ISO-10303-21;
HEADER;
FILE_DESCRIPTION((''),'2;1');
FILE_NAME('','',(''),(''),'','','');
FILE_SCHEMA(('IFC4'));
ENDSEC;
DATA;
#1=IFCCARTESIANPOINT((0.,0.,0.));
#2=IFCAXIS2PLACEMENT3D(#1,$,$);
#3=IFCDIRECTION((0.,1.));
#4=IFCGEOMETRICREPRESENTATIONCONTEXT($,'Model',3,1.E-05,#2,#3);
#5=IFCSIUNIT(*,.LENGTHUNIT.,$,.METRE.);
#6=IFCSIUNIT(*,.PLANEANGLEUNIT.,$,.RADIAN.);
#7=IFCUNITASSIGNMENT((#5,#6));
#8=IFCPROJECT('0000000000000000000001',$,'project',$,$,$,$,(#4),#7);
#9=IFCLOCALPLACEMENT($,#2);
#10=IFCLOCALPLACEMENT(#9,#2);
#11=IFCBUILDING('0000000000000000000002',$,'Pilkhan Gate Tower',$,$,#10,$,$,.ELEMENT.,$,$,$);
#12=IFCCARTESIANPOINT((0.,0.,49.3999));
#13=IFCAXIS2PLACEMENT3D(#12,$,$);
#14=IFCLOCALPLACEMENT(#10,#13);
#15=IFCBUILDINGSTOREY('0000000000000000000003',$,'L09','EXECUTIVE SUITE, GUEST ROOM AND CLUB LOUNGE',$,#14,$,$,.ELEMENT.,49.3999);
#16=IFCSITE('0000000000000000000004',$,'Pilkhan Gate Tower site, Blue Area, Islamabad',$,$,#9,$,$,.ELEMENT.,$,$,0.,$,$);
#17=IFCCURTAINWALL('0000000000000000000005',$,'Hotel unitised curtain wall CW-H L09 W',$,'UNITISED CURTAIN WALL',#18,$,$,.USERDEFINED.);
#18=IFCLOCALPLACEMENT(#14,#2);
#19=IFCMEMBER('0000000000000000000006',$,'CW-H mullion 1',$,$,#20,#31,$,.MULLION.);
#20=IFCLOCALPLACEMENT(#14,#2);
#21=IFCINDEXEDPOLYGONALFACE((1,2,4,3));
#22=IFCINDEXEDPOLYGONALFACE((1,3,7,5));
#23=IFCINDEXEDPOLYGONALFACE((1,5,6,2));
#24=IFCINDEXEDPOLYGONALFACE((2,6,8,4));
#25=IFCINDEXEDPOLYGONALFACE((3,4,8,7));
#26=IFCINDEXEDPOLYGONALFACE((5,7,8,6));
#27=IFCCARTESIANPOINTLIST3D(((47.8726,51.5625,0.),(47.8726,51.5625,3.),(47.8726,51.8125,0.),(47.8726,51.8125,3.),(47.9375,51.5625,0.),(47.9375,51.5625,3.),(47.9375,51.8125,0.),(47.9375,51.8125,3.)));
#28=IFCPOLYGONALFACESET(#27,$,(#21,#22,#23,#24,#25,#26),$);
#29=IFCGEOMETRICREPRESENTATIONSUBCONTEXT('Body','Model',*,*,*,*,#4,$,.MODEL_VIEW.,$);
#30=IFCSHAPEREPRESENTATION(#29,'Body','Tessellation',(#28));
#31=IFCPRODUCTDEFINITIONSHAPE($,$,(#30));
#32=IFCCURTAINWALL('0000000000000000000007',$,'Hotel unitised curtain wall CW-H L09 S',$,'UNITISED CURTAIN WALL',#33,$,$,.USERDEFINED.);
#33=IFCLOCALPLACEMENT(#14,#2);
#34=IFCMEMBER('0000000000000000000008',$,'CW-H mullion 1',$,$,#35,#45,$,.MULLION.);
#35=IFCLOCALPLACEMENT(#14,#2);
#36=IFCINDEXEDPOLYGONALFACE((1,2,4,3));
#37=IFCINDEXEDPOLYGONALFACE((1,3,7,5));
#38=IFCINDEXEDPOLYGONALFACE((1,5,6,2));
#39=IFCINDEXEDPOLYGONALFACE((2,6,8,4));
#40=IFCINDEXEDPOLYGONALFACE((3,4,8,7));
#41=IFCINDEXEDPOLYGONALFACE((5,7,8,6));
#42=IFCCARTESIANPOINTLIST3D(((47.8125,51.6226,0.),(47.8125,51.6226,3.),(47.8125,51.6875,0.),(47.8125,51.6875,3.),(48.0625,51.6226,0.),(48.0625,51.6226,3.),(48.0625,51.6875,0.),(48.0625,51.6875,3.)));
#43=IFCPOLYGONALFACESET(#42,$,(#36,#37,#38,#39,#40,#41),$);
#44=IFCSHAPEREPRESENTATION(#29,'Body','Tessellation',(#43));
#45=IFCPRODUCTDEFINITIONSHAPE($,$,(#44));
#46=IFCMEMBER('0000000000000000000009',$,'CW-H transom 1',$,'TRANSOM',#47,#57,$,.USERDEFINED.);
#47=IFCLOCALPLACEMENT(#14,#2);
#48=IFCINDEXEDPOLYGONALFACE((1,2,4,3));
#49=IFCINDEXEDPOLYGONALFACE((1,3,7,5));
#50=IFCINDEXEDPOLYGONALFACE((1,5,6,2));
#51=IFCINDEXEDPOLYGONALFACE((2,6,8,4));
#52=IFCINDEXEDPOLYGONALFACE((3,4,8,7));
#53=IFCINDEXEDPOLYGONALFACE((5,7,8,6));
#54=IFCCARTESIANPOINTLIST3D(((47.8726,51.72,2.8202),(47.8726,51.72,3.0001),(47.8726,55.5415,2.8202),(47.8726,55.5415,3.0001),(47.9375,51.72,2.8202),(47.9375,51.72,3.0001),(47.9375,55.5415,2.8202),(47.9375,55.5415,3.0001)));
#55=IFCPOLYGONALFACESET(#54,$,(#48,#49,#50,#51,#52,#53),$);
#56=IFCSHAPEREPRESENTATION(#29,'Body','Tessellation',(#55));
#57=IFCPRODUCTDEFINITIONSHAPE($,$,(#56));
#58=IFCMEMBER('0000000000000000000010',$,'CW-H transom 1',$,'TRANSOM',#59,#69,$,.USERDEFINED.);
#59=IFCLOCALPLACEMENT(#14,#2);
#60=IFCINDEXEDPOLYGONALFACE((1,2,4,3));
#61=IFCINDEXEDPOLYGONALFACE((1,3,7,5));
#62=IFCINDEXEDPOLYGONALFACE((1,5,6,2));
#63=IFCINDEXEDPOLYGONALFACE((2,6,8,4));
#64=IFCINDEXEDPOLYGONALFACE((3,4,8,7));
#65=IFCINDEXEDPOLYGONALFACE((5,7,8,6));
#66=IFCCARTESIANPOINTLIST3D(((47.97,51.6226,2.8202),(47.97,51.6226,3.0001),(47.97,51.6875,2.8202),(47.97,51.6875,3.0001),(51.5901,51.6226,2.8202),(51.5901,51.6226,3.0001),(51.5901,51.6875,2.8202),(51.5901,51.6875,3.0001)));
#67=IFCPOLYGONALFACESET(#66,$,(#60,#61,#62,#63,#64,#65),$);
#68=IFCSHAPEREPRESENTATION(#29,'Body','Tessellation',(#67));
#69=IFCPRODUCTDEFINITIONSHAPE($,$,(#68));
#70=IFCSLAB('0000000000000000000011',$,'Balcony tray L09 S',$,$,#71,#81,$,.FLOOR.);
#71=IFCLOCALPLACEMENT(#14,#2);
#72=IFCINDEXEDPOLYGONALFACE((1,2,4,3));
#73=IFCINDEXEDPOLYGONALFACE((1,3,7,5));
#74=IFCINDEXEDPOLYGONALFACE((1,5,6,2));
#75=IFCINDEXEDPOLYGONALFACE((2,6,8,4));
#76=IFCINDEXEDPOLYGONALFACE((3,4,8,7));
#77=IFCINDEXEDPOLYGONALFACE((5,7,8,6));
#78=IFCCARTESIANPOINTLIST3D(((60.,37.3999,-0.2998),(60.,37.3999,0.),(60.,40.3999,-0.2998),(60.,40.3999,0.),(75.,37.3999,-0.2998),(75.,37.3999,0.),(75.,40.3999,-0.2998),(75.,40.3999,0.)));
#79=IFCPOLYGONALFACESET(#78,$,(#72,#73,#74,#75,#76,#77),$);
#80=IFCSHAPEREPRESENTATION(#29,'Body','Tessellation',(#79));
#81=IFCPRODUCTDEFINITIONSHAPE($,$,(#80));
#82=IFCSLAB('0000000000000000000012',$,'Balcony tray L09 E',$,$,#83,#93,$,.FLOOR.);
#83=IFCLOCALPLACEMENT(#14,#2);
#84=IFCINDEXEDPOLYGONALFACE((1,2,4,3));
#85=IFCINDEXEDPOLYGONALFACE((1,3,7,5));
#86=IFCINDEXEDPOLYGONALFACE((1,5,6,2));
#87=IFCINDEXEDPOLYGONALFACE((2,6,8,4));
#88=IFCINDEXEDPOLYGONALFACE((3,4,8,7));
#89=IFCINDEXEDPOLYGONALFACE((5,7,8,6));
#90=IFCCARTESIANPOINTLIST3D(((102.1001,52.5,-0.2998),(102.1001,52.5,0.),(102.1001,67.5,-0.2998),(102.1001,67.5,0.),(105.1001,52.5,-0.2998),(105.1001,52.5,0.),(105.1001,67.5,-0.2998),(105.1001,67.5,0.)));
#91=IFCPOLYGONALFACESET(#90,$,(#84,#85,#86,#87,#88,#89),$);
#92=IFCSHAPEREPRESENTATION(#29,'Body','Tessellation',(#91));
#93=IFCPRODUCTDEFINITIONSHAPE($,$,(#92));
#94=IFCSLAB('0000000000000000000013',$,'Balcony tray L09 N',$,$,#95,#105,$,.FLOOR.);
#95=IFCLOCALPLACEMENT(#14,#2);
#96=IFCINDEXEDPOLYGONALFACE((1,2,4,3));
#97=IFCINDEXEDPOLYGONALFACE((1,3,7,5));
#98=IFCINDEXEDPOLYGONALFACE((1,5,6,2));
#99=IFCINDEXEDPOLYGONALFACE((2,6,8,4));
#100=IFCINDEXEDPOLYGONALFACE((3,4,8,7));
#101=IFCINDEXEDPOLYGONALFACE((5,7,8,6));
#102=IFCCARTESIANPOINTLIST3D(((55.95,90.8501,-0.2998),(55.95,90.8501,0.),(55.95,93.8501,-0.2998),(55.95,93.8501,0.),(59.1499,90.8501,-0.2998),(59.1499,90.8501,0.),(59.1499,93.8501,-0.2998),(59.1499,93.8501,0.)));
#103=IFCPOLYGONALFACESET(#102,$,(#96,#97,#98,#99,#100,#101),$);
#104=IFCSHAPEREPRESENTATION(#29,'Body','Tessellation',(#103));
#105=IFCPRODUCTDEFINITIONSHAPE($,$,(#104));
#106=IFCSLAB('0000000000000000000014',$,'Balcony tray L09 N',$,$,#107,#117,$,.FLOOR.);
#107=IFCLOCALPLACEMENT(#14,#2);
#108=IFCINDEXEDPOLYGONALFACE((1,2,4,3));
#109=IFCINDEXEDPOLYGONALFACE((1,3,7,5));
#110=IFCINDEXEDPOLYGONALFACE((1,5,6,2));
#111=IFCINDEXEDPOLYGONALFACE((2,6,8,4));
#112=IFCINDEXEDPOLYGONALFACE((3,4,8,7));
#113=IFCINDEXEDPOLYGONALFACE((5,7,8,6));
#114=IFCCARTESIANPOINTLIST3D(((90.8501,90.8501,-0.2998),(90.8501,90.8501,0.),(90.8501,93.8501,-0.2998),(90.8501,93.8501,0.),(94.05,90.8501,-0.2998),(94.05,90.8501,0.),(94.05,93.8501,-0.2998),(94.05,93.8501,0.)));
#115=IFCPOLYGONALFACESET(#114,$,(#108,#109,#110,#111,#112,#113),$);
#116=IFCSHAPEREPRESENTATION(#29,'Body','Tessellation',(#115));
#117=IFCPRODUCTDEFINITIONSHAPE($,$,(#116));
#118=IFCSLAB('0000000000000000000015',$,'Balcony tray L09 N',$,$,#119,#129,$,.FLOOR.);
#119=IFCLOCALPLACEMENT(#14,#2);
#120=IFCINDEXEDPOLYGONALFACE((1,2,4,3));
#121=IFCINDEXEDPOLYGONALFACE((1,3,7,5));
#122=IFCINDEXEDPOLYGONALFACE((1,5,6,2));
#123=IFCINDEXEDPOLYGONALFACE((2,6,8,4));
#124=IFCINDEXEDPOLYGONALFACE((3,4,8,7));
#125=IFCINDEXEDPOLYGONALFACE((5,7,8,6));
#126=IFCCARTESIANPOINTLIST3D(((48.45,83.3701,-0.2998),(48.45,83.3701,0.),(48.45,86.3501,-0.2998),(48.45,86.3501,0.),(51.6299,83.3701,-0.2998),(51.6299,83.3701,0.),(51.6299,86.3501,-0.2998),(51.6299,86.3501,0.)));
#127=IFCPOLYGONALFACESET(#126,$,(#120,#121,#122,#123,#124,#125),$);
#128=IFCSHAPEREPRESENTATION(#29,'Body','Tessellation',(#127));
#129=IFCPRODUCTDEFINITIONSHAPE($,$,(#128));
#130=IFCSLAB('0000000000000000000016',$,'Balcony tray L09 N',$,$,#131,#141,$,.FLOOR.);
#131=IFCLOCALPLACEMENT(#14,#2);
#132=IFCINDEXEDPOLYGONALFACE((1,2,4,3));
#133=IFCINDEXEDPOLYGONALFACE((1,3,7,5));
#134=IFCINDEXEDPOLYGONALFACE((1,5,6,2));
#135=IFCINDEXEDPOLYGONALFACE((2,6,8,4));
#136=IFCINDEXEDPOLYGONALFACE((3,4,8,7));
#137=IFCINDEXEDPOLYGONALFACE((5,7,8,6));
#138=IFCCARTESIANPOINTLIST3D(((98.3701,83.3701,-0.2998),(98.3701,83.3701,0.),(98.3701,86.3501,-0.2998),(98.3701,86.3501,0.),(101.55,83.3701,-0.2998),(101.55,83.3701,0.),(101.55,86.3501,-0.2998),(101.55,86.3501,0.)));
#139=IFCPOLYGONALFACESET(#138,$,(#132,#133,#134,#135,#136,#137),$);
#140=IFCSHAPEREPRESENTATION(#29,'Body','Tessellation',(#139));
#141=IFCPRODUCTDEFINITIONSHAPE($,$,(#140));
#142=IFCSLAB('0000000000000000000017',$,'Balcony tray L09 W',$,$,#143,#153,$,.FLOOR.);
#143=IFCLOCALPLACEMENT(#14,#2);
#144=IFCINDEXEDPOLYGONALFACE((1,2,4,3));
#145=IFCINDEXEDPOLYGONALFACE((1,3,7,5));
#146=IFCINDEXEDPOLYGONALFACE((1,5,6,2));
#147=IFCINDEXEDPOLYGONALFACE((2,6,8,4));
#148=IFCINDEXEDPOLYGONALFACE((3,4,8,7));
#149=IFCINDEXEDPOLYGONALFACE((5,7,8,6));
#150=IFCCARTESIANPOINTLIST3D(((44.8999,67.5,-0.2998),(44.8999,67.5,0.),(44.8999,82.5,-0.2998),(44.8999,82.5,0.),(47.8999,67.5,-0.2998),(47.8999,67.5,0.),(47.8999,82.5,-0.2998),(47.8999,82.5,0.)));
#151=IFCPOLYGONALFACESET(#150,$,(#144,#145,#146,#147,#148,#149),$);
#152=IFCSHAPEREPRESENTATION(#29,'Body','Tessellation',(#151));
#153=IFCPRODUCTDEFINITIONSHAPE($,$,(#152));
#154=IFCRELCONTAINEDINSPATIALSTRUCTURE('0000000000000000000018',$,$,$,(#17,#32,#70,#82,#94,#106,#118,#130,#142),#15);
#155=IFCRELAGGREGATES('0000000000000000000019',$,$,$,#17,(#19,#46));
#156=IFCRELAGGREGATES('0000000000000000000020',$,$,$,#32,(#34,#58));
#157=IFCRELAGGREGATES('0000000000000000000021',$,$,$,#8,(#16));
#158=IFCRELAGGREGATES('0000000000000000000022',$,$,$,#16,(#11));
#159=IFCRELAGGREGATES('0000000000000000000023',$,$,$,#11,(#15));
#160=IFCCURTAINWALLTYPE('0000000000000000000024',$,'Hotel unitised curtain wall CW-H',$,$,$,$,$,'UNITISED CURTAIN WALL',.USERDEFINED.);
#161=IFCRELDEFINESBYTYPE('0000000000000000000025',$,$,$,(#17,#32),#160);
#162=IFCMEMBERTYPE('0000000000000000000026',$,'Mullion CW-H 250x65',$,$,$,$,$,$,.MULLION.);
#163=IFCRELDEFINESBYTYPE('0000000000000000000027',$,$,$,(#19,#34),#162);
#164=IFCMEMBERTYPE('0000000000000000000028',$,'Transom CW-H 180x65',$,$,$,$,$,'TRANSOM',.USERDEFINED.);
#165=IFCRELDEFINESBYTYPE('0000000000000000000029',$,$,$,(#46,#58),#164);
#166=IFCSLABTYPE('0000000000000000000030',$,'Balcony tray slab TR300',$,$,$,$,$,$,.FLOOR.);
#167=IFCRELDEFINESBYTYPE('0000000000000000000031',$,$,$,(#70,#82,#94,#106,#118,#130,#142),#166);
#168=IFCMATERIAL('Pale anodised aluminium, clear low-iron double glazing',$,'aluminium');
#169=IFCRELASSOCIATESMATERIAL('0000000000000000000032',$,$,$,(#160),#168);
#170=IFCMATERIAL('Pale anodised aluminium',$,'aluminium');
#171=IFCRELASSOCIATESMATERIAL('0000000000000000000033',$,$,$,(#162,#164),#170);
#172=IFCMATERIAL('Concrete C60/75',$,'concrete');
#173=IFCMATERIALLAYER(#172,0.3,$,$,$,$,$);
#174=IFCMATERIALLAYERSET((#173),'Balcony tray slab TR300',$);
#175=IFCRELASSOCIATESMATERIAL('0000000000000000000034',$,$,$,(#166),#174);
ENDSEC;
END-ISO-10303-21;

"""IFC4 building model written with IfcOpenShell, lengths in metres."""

from ifc_helpers import new_model, si_unit, direction, frame, origin, origin_2d, place, context, subcontext, project, spatial, polyline, rectangle, outline, extrude, material, layer, layer_set, material_profile, profile_set, type_object, element, aggregate, save


model = new_model("IFC4")

# Units and contexts
model_context = context("Model", 3, precision=1e-05, world=origin(), true_north=direction((0.0, 1.0)))
body_context = subcontext(model_context, "Body", "Model", "MODEL_VIEW")
ifc_project = project(units=[si_unit("LENGTHUNIT", "METRE"), si_unit("PLANEANGLEUNIT", "RADIAN")], contexts=[model_context])

# Site, building, storey
site_placement = place(None, origin())
site = spatial("IfcSite", under=ifc_project, at=site_placement, Name="Pilkhan Gate Tower site, Blue Area, Islamabad", CompositionType="ELEMENT", RefElevation=0.0)
building_placement = place(site_placement, origin())
building = spatial("IfcBuilding", under=site, at=building_placement, Name="Pilkhan Gate Tower", CompositionType="ELEMENT")
storey_placement = place(building_placement, frame((0.0, 0.0, 49.3999)))
storey = spatial("IfcBuildingStorey", under=building, at=storey_placement, Name="L09", Description="EXECUTIVE SUITE, GUEST ROOM AND CLUB LOUNGE", CompositionType="ELEMENT", Elevation=49.3999)

# Curtain walls, members
ifc_material_1 = material(Name="Pale anodised aluminium, clear low-iron double glazing", Category="aluminium")
curtain_wall_type = type_object("IfcCurtainWallType", Name="Hotel unitised curtain wall CW-H", ElementType="UNITISED CURTAIN WALL", PredefinedType="USERDEFINED", material=ifc_material_1)
curtain_wall_1_placement = place(storey_placement, origin())
curtain_wall_1 = element("IfcCurtainWall", 1, at=curtain_wall_1_placement, inside=storey, type_object=curtain_wall_type, Name="Hotel unitised curtain wall CW-H L09 W", ObjectType="UNITISED CURTAIN WALL", PredefinedType="USERDEFINED")
ifc_material_2 = material(Name="Pale anodised aluminium", Category="aluminium")
ifc_material_profile_1 = material_profile(ifc_material_2, rectangle(XDim=0.0649, YDim=0.25, at=origin_2d()), Name="Mullion 250x65")
ifc_profile_set_1 = profile_set([ifc_material_profile_1], Name="Pale anodised aluminium")
member_type_1 = type_object("IfcMemberType", Name="Mullion CW-H 250x65", PredefinedType="MULLION", material=ifc_profile_set_1)
member_1_placement = place(storey_placement, frame((47.905, 51.6875, 0.0), z_axis=(0.0, 0.0, 1.0), x_axis=(-1.0, 0.0, 0.0)))
member_1 = element("IfcMember", 2, at=member_1_placement, type_object=member_type_1, Name="CW-H mullion 1", PredefinedType="MULLION", context=body_context, shape_type="SweptSolid", body=[
    extrude(rectangle(XDim=0.0649, YDim=0.25, at=origin_2d()), origin(), (0.0, 0.0, 1.0), 3.0),
])
curtain_wall_2_placement = place(storey_placement, origin())
curtain_wall_2 = element("IfcCurtainWall", 3, at=curtain_wall_2_placement, inside=storey, type_object=curtain_wall_type, Name="Hotel unitised curtain wall CW-H L09 S", ObjectType="UNITISED CURTAIN WALL", PredefinedType="USERDEFINED")
member_2_placement = place(storey_placement, frame((47.9375, 51.655, 0.0), z_axis=(0.0, 0.0, 1.0), x_axis=(0.0, 1.0, 0.0)))
member_2 = element("IfcMember", 4, at=member_2_placement, type_object=member_type_1, Name="CW-H mullion 1", PredefinedType="MULLION", context=body_context, shape_type="SweptSolid", body=[
    extrude(rectangle(XDim=0.0649, YDim=0.25, at=origin_2d()), origin(), (0.0, 0.0, 1.0), 3.0),
])

# Members
ifc_material_profile_2 = material_profile(ifc_material_2, rectangle(XDim=0.0649, YDim=0.1799, at=origin_2d()), Name="Transom 180x65")
ifc_profile_set_2 = profile_set([ifc_material_profile_2], Name="Pale anodised aluminium")
member_type_2 = type_object("IfcMemberType", Name="Transom CW-H 180x65", ElementType="TRANSOM", PredefinedType="USERDEFINED", material=ifc_profile_set_2)
member_3_placement = place(storey_placement, frame((47.905, 51.72, 2.9102), z_axis=(0.0, 1.0, 0.0), x_axis=(-1.0, 0.0, 0.0)))
member_3 = element("IfcMember", 5, at=member_3_placement, type_object=member_type_2, Name="CW-H transom 1", ObjectType="TRANSOM", PredefinedType="USERDEFINED", context=body_context, shape_type="SweptSolid", body=[
    extrude(rectangle(XDim=0.0649, YDim=0.1799, at=origin_2d()), origin(), (0.0, 0.0, 1.0), 3.8215),
])
aggregate(curtain_wall_1, [member_1, member_3])
member_4_placement = place(storey_placement, frame((47.97, 51.655, 2.9102), z_axis=(1.0, 0.0, 0.0), x_axis=(0.0, 1.0, 0.0)))
member_4 = element("IfcMember", 6, at=member_4_placement, type_object=member_type_2, Name="CW-H transom 1", ObjectType="TRANSOM", PredefinedType="USERDEFINED", context=body_context, shape_type="SweptSolid", body=[
    extrude(rectangle(XDim=0.0649, YDim=0.1799, at=origin_2d()), origin(), (0.0, 0.0, 1.0), 3.6201),
])
aggregate(curtain_wall_2, [member_2, member_4])

# Slabs
ifc_material_3 = material(Name="Concrete C60/75", Category="concrete")
ifc_layer_1 = layer(ifc_material_3, 0.3)
ifc_layer_set_1 = layer_set([ifc_layer_1], Name="Balcony tray slab TR300")
slab_type_1 = type_object("IfcSlabType", Name="Balcony tray slab TR300", PredefinedType="FLOOR", material=ifc_layer_set_1)
slab_1_placement = place(storey_placement, frame((0.0, 0.0, -0.2998)))
element("IfcSlab", 7, at=slab_1_placement, inside=storey, type_object=slab_type_1, Name="Balcony tray L09 S", PredefinedType="FLOOR", context=body_context, shape_type="SweptSolid", body=[
    extrude(outline(polyline([(75.0, 37.3999), (75.0, 40.3999), (60.0, 40.3999), (60.0, 37.3999), (75.0, 37.3999)])), origin(), (0.0, 0.0, 1.0), 0.2998),
])
slab_2_placement = place(storey_placement, frame((0.0, 0.0, -0.2998)))
element("IfcSlab", 8, at=slab_2_placement, inside=storey, type_object=slab_type_1, Name="Balcony tray L09 E", PredefinedType="FLOOR", context=body_context, shape_type="SweptSolid", body=[
    extrude(outline(polyline([(105.1001, 52.5), (105.1001, 67.5), (102.1001, 67.5), (102.1001, 52.5), (105.1001, 52.5)])), origin(), (0.0, 0.0, 1.0), 0.2998),
])
slab_3_placement = place(storey_placement, frame((0.0, 0.0, -0.2998)))
element("IfcSlab", 9, at=slab_3_placement, inside=storey, type_object=slab_type_1, Name="Balcony tray L09 N", PredefinedType="FLOOR", context=body_context, shape_type="SweptSolid", body=[
    extrude(outline(polyline([(59.1499, 90.8501), (59.1499, 93.8501), (55.95, 93.8501), (55.95, 90.8501), (59.1499, 90.8501)])), origin(), (0.0, 0.0, 1.0), 0.2998),
])
slab_4_placement = place(storey_placement, frame((0.0, 0.0, -0.2998)))
element("IfcSlab", 10, at=slab_4_placement, inside=storey, type_object=slab_type_1, Name="Balcony tray L09 N", PredefinedType="FLOOR", context=body_context, shape_type="SweptSolid", body=[
    extrude(outline(polyline([(94.05, 90.8501), (94.05, 93.8501), (90.8501, 93.8501), (90.8501, 90.8501), (94.05, 90.8501)])), origin(), (0.0, 0.0, 1.0), 0.2998),
])
slab_5_placement = place(storey_placement, frame((0.0, 0.0, -0.2998)))
element("IfcSlab", 11, at=slab_5_placement, inside=storey, type_object=slab_type_1, Name="Balcony tray L09 N", PredefinedType="FLOOR", context=body_context, shape_type="SweptSolid", body=[
    extrude(outline(polyline([(51.6299, 83.3701), (51.6299, 86.3501), (48.45, 86.3501), (48.45, 83.3701), (51.6299, 83.3701)])), origin(), (0.0, 0.0, 1.0), 0.2998),
])
slab_6_placement = place(storey_placement, frame((0.0, 0.0, -0.2998)))
element("IfcSlab", 12, at=slab_6_placement, inside=storey, type_object=slab_type_1, Name="Balcony tray L09 N", PredefinedType="FLOOR", context=body_context, shape_type="SweptSolid", body=[
    extrude(outline(polyline([(101.55, 83.3701), (101.55, 86.3501), (98.3701, 86.3501), (98.3701, 83.3701), (101.55, 83.3701)])), origin(), (0.0, 0.0, 1.0), 0.2998),
])
slab_7_placement = place(storey_placement, frame((0.0, 0.0, -0.2998)))
element("IfcSlab", 13, at=slab_7_placement, inside=storey, type_object=slab_type_1, Name="Balcony tray L09 W", PredefinedType="FLOOR", context=body_context, shape_type="SweptSolid", body=[
    extrude(outline(polyline([(47.8999, 67.5), (47.8999, 82.5), (44.8999, 82.5), (44.8999, 67.5), (47.8999, 67.5)])), origin(), (0.0, 0.0, 1.0), 0.2998),
])

save(model, "model.ifc")
